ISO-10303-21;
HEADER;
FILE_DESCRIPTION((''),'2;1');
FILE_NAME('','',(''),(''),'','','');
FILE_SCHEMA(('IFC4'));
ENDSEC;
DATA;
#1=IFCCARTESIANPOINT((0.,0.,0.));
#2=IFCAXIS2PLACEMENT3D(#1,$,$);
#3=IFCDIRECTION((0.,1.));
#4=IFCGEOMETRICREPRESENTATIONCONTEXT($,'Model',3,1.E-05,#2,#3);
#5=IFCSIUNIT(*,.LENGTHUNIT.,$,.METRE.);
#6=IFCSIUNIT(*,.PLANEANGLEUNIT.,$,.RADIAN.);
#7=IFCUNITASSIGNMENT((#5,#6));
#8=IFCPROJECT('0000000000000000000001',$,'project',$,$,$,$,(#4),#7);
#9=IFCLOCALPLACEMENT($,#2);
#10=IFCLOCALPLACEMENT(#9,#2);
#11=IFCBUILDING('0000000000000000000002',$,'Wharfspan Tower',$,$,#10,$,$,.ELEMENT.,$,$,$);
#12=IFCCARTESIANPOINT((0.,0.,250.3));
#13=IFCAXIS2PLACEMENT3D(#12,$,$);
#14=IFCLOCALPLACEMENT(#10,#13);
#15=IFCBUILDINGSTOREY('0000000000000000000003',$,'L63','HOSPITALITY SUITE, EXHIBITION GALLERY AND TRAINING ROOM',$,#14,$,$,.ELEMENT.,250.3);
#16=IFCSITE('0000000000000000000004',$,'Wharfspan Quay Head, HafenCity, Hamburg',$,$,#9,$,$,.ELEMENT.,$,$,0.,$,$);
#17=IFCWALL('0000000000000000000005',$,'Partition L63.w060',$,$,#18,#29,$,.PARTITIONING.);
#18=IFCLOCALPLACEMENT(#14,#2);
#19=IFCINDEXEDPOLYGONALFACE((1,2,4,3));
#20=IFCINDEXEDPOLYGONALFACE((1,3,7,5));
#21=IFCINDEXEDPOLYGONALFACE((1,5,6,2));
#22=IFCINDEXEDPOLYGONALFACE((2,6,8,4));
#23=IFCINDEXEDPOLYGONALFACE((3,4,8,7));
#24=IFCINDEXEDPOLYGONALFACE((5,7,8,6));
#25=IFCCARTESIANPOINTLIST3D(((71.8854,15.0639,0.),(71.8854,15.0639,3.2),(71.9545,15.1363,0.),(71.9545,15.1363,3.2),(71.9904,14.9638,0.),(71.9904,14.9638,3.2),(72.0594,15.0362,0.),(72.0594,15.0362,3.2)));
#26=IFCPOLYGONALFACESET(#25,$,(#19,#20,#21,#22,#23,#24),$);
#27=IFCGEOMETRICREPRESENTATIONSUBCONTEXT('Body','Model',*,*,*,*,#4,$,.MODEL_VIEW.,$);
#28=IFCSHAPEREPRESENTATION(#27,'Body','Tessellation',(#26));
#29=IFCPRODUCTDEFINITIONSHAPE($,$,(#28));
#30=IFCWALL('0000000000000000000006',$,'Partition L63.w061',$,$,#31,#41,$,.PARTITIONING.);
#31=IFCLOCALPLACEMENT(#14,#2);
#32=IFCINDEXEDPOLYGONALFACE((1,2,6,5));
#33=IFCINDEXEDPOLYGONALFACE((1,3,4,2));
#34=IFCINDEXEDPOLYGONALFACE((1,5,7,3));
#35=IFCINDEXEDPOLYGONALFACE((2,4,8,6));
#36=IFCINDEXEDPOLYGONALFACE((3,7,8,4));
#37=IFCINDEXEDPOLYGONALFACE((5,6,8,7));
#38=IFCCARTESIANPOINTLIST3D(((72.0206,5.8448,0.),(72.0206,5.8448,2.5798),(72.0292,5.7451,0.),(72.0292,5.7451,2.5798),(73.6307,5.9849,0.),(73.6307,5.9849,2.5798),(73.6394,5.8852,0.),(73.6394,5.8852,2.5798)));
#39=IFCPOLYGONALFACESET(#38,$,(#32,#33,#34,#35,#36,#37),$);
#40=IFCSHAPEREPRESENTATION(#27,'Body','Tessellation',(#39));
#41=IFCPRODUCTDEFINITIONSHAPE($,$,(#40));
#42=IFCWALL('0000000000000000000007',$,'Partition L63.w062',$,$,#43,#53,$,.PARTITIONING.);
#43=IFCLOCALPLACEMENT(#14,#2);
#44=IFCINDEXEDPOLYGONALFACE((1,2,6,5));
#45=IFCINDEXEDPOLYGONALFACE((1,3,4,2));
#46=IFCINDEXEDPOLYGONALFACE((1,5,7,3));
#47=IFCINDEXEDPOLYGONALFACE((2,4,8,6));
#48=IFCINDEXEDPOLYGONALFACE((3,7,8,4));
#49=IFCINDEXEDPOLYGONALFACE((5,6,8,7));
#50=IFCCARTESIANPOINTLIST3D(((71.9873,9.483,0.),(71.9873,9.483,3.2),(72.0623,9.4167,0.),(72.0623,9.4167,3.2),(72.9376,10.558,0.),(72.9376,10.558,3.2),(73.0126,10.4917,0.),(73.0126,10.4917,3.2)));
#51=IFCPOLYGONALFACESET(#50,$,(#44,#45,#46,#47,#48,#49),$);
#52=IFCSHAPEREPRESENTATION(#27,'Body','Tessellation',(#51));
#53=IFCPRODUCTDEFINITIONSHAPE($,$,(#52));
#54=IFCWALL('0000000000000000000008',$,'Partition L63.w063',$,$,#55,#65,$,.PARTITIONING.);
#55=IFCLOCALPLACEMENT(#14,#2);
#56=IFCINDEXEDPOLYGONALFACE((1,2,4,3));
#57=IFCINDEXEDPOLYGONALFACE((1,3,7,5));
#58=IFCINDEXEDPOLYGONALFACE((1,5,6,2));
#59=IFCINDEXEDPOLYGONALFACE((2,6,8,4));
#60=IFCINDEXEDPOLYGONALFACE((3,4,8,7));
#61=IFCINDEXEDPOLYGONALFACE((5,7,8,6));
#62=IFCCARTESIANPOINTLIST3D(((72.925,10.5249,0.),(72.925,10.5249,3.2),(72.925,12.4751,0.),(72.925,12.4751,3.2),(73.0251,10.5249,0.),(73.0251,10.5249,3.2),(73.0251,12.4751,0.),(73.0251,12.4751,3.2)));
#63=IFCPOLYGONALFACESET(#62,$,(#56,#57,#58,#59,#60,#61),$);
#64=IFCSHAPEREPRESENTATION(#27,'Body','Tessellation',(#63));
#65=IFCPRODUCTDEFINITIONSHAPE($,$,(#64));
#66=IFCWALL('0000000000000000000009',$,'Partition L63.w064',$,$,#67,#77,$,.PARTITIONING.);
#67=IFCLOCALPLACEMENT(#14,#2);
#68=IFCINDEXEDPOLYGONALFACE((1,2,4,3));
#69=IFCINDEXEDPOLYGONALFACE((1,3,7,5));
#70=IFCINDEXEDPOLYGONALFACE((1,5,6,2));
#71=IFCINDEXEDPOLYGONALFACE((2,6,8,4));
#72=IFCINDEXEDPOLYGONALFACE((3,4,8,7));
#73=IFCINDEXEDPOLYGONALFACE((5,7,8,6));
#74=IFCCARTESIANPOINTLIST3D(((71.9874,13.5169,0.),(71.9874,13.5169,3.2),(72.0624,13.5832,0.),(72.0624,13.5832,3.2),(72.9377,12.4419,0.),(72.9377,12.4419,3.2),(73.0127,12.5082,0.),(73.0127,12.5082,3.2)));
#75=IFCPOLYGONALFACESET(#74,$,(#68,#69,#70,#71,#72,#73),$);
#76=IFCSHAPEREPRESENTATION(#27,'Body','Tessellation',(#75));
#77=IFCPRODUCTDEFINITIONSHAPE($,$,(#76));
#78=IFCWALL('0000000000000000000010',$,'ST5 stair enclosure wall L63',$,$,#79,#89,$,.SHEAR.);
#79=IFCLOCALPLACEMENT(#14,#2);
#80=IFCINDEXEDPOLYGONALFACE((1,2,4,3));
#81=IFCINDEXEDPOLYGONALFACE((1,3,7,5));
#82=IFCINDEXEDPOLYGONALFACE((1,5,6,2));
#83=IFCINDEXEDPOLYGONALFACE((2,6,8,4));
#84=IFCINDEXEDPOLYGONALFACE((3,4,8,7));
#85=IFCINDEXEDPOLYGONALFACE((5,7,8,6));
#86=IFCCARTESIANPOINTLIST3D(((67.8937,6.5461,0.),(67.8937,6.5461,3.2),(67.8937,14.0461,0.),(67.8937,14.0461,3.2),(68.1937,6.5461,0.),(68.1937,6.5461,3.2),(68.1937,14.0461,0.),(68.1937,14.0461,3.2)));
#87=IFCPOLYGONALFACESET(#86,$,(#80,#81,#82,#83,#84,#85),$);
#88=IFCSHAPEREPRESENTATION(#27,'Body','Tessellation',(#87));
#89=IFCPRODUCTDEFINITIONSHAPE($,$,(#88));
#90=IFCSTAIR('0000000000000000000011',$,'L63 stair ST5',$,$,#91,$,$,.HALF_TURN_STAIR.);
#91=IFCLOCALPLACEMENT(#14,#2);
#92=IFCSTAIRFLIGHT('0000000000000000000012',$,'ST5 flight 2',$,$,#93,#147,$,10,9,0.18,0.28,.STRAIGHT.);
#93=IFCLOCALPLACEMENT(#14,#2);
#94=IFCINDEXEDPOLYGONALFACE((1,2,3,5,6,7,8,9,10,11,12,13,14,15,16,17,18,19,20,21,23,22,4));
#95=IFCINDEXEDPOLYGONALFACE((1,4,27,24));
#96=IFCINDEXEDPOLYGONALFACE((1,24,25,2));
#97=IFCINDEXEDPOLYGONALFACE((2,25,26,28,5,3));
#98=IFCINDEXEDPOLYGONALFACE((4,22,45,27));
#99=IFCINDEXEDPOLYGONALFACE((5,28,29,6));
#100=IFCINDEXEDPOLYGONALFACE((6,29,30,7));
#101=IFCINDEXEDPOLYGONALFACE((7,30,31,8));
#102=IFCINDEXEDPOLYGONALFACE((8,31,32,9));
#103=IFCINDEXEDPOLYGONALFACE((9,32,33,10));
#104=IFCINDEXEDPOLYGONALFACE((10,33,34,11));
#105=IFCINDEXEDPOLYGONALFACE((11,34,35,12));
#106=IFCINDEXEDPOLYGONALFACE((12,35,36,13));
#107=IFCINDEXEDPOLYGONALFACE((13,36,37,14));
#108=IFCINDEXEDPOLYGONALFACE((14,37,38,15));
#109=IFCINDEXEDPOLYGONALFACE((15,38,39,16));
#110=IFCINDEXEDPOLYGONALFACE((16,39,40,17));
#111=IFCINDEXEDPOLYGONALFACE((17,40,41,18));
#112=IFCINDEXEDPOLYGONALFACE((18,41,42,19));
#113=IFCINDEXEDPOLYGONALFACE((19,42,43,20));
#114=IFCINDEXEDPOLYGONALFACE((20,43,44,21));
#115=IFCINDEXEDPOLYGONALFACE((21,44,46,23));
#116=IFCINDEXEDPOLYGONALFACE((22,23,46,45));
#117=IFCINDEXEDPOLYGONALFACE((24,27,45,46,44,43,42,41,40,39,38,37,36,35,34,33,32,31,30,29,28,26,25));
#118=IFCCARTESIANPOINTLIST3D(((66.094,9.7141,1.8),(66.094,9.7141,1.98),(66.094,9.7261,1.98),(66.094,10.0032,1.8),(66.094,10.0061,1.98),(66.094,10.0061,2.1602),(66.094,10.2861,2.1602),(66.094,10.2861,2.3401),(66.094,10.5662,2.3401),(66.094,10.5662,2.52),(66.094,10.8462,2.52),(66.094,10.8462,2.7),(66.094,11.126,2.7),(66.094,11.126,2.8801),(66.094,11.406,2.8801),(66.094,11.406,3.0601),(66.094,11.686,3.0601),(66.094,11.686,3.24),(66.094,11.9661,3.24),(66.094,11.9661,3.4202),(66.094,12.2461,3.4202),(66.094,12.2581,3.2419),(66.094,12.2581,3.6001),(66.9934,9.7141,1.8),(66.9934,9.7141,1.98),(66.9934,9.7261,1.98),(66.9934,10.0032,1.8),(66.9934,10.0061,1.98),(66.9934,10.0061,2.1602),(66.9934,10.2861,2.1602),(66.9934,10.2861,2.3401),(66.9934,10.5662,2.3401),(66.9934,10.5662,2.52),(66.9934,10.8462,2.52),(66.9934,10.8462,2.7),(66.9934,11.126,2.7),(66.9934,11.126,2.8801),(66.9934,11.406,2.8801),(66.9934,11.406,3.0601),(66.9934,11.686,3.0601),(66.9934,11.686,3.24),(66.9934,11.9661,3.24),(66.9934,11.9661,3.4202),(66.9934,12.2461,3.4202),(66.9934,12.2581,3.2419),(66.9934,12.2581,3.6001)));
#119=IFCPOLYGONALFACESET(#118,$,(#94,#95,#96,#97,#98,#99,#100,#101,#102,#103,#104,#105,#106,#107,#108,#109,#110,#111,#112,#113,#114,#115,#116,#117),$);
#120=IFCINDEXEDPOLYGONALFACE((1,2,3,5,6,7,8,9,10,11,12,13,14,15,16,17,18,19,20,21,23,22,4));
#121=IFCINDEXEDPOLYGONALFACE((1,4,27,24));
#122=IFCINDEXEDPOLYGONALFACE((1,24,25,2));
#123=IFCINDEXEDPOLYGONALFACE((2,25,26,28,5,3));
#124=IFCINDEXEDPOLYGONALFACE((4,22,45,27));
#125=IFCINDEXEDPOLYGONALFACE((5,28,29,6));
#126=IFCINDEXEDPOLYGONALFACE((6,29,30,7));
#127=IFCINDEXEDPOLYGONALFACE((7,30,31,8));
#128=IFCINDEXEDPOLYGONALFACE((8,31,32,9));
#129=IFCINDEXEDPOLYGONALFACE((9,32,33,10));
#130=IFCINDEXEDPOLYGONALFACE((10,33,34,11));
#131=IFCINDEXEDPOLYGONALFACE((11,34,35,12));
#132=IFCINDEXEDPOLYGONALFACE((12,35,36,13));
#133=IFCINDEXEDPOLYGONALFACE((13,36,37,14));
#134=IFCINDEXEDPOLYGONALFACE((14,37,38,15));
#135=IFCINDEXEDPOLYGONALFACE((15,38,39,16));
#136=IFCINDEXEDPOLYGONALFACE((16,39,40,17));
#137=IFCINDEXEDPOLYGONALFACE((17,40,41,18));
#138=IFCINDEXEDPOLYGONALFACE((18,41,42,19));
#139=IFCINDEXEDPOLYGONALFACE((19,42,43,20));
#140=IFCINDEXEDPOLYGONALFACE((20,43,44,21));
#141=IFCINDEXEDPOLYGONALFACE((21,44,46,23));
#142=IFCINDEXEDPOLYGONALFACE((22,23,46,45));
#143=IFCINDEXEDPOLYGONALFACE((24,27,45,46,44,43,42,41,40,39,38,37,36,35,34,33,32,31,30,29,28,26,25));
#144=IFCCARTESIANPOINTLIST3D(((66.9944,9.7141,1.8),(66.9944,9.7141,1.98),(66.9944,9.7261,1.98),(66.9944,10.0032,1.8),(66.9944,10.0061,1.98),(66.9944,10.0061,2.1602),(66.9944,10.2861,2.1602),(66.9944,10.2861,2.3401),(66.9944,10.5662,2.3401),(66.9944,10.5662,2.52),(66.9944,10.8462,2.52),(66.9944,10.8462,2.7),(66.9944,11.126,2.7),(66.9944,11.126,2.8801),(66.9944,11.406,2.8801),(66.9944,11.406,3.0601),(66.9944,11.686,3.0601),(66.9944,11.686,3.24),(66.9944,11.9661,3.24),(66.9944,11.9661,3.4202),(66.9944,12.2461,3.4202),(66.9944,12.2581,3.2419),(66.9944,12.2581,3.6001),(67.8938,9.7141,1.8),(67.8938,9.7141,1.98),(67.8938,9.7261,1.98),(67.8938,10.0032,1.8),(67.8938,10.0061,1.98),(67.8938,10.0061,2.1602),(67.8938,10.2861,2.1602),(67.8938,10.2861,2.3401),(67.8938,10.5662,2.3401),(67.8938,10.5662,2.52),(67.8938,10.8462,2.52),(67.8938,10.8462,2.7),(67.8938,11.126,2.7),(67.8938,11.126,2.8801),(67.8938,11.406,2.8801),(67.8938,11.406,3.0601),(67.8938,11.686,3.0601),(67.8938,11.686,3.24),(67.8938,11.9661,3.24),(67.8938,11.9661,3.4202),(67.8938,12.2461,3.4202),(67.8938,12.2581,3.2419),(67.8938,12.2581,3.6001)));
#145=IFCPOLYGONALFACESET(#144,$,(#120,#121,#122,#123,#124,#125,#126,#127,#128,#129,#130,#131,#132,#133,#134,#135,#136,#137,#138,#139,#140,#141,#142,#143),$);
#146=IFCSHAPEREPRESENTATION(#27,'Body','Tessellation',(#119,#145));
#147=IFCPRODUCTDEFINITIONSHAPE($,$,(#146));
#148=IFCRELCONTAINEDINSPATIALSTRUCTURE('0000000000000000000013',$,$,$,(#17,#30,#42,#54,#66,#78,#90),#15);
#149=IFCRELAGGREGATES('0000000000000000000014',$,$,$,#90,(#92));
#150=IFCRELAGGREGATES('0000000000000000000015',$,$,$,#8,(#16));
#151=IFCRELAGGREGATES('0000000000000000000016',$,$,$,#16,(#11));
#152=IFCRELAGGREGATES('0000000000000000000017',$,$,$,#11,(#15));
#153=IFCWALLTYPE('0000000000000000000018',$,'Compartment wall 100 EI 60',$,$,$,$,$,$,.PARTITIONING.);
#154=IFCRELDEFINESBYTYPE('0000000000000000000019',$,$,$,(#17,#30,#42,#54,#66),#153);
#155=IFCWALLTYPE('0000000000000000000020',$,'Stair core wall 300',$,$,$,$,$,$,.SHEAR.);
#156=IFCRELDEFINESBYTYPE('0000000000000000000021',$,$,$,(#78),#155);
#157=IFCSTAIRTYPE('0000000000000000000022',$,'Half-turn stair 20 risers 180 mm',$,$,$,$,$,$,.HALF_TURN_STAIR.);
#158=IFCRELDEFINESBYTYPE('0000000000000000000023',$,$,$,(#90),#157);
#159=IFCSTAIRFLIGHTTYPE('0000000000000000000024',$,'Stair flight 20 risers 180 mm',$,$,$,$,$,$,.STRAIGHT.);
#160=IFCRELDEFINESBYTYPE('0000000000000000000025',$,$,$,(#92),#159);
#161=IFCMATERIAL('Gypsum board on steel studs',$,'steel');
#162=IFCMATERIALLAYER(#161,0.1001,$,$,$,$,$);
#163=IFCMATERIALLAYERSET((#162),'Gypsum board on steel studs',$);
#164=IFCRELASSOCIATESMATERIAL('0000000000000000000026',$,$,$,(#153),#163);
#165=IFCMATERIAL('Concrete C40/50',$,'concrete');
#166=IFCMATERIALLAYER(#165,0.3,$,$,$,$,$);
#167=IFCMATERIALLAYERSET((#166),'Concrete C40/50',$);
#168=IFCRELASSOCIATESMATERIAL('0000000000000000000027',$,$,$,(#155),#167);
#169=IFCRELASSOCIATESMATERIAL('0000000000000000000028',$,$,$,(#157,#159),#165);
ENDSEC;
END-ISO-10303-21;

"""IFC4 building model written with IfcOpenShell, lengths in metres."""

from ifc_helpers import new_model, si_unit, direction, frame, frame_2d, origin, place, context, subcontext, project, spatial, polyline, rectangle, outline, extrude, material, layer, layer_set, type_object, element, aggregate, save


model = new_model("IFC4")

# Units and contexts
model_context = context("Model", 3, precision=1e-05, world=origin(), true_north=direction((0.0, 1.0)))
body_context = subcontext(model_context, "Body", "Model", "MODEL_VIEW")
ifc_project = project(units=[si_unit("LENGTHUNIT", "METRE"), si_unit("PLANEANGLEUNIT", "RADIAN")], contexts=[model_context])

# Site, building, storey
site_placement = place(None, origin())
site = spatial("IfcSite", under=ifc_project, at=site_placement, Name="Wharfspan Quay Head, HafenCity, Hamburg", CompositionType="ELEMENT", RefElevation=0.0)
building_placement = place(site_placement, origin())
building = spatial("IfcBuilding", under=site, at=building_placement, Name="Wharfspan Tower", CompositionType="ELEMENT")
storey_placement = place(building_placement, frame((0.0, 0.0, 250.3)))
storey = spatial("IfcBuildingStorey", under=building, at=storey_placement, Name="L63", Description="HOSPITALITY SUITE, EXHIBITION GALLERY AND TRAINING ROOM", CompositionType="ELEMENT", Elevation=250.3)

# Shared definitions
ifc_material_1 = material(Name="Gypsum board on steel studs", Category="steel")
ifc_layer_1 = layer(ifc_material_1, 0.1001)
ifc_layer_set_1 = layer_set([ifc_layer_1], Name="Gypsum board on steel studs")
wall_type_1 = type_object("IfcWallType", Name="Compartment wall 100 EI 60", PredefinedType="PARTITIONING", material=ifc_layer_set_1)

# Walls
wall_1_placement = place(storey_placement, frame((72.0249, 15.0, 0.0), z_axis=(0.0, 0.0, 1.0), x_axis=(-0.723734, 0.690072, 0.0)))
element("IfcWall", 1, at=wall_1_placement, inside=storey, type_object=wall_type_1, Name="Partition L63.w060", PredefinedType="PARTITIONING", context=body_context, shape_type="SweptSolid", body=[
    extrude(rectangle(XDim=0.145, YDim=0.1001, at=frame_2d((0.0725, 0.0))), origin(), (0.0, 0.0, 1.0), 3.2),
])
wall_2_placement = place(storey_placement, frame((72.0249, 5.7949, 0.0), z_axis=(0.0, 0.0, 1.0), x_axis=(0.996236, 0.086708, 0.0)))
element("IfcWall", 2, at=wall_2_placement, inside=storey, type_object=wall_type_1, Name="Partition L63.w061", PredefinedType="PARTITIONING", context=body_context, shape_type="SweptSolid", body=[
    extrude(rectangle(XDim=1.6162, YDim=0.1001, at=frame_2d((0.8081, 0.0))), origin(), (0.0, 0.0, 1.0), 2.5798),
])
wall_3_placement = place(storey_placement, frame((72.0249, 9.45, 0.0), z_axis=(0.0, 0.0, 1.0), x_axis=(0.662295, 0.749251, 0.0)))
element("IfcWall", 3, at=wall_3_placement, inside=storey, type_object=wall_type_1, Name="Partition L63.w062", PredefinedType="PARTITIONING", context=body_context, shape_type="SweptSolid", body=[
    extrude(rectangle(XDim=1.4348, YDim=0.1001, at=frame_2d((0.7173, 0.0))), origin(), (0.0, 0.0, 1.0), 3.2),
])
wall_4_placement = place(storey_placement, frame((72.9751, 10.5249, 0.0), z_axis=(0.0, 0.0, 1.0), x_axis=(0.0, 1.0, 0.0)))
element("IfcWall", 4, at=wall_4_placement, inside=storey, type_object=wall_type_1, Name="Partition L63.w063", PredefinedType="PARTITIONING", context=body_context, shape_type="SweptSolid", body=[
    extrude(rectangle(XDim=1.9502, YDim=0.1001, at=frame_2d((0.9751, 0.0))), origin(), (0.0, 0.0, 1.0), 3.2),
])
wall_5_placement = place(storey_placement, frame((72.9751, 12.4751, 0.0), z_axis=(0.0, 0.0, 1.0), x_axis=(-0.662295, 0.749251, 0.0)))
element("IfcWall", 5, at=wall_5_placement, inside=storey, type_object=wall_type_1, Name="Partition L63.w064", PredefinedType="PARTITIONING", context=body_context, shape_type="SweptSolid", body=[
    extrude(rectangle(XDim=1.4348, YDim=0.1001, at=frame_2d((0.7173, 0.0))), origin(), (0.0, 0.0, 1.0), 3.2),
])
ifc_material_2 = material(Name="Concrete C40/50", Category="concrete")
ifc_layer_2 = layer(ifc_material_2, 0.3)
ifc_layer_set_2 = layer_set([ifc_layer_2], Name="Concrete C40/50")
wall_type_2 = type_object("IfcWallType", Name="Stair core wall 300", PredefinedType="SHEAR", material=ifc_layer_set_2)
wall_6_placement = place(storey_placement, frame((68.0437, 6.5461, 0.0), z_axis=(0.0, 0.0, 1.0), x_axis=(0.0, 1.0, 0.0)))
element("IfcWall", 6, at=wall_6_placement, inside=storey, type_object=wall_type_2, Name="ST5 stair enclosure wall L63", PredefinedType="SHEAR", context=body_context, shape_type="SweptSolid", body=[
    extrude(rectangle(XDim=7.5, YDim=0.3, at=frame_2d((3.75, 0.0))), origin(), (0.0, 0.0, 1.0), 3.2),
])

# Stair, stair flight
stair_type = type_object("IfcStairType", Name="Half-turn stair 20 risers 180 mm", PredefinedType="HALF_TURN_STAIR", material=ifc_material_2)
stair_placement = place(storey_placement, origin())
stair = element("IfcStair", 7, at=stair_placement, inside=storey, type_object=stair_type, Name="L63 stair ST5", PredefinedType="HALF_TURN_STAIR")
stair_flight_type = type_object("IfcStairFlightType", Name="Stair flight 20 risers 180 mm", PredefinedType="STRAIGHT", material=ifc_material_2)
stair_flight_placement = place(storey_placement, frame((66.9939, 9.7261, 1.8), z_axis=(0.0, 0.0, 1.0), x_axis=(0.0, 1.0, 0.0)))
stair_flight = element("IfcStairFlight", 8, at=stair_flight_placement, type_object=stair_flight_type, Name="ST5 flight 2", NumberOfRisers=10, NumberOfTreads=9, PredefinedType="STRAIGHT", RiserHeight=0.18, TreadLength=0.28, context=body_context, shape_type="SweptSolid", body=[
    extrude(outline(polyline([(-0.012, 0.0), (-0.012, 0.1799), (0.0, 0.1799), (0.28, 0.1799), (0.28, 0.3601), (0.5601, 0.3601), (0.5601, 0.54), (0.8401, 0.54), (0.8401, 0.72), (1.1201, 0.72), (1.1201, 0.8999), (1.3999, 0.8999), (1.3999, 1.0801), (1.6799, 1.0801), (1.6799, 1.26), (1.96, 1.26), (1.96, 1.4399), (2.24, 1.4399), (2.24, 1.6201), (2.52, 1.6201), (2.532, 1.8), (2.532, 1.4419), (0.2771, 0.0), (-0.012, 0.0)])), frame((0.0, 0.8999, 0.0), z_axis=(0.0, -1.0, 0.0), x_axis=(1.0, 0.0, 0.0)), (0.0, 0.0, 1.0), 0.8994),
    extrude(outline(polyline([(-0.012, 0.0), (-0.012, 0.1799), (0.0, 0.1799), (0.28, 0.1799), (0.28, 0.3601), (0.5601, 0.3601), (0.5601, 0.54), (0.8401, 0.54), (0.8401, 0.72), (1.1201, 0.72), (1.1201, 0.8999), (1.3999, 0.8999), (1.3999, 1.0801), (1.6799, 1.0801), (1.6799, 1.26), (1.96, 1.26), (1.96, 1.4399), (2.24, 1.4399), (2.24, 1.6201), (2.52, 1.6201), (2.532, 1.8), (2.532, 1.4419), (0.2771, 0.0), (-0.012, 0.0)])), frame((0.0, -0.0005, 0.0), z_axis=(0.0, -1.0, 0.0), x_axis=(1.0, 0.0, 0.0)), (0.0, 0.0, 1.0), 0.8994),
])
aggregate(stair, [stair_flight])

save(model, "model.ifc")
